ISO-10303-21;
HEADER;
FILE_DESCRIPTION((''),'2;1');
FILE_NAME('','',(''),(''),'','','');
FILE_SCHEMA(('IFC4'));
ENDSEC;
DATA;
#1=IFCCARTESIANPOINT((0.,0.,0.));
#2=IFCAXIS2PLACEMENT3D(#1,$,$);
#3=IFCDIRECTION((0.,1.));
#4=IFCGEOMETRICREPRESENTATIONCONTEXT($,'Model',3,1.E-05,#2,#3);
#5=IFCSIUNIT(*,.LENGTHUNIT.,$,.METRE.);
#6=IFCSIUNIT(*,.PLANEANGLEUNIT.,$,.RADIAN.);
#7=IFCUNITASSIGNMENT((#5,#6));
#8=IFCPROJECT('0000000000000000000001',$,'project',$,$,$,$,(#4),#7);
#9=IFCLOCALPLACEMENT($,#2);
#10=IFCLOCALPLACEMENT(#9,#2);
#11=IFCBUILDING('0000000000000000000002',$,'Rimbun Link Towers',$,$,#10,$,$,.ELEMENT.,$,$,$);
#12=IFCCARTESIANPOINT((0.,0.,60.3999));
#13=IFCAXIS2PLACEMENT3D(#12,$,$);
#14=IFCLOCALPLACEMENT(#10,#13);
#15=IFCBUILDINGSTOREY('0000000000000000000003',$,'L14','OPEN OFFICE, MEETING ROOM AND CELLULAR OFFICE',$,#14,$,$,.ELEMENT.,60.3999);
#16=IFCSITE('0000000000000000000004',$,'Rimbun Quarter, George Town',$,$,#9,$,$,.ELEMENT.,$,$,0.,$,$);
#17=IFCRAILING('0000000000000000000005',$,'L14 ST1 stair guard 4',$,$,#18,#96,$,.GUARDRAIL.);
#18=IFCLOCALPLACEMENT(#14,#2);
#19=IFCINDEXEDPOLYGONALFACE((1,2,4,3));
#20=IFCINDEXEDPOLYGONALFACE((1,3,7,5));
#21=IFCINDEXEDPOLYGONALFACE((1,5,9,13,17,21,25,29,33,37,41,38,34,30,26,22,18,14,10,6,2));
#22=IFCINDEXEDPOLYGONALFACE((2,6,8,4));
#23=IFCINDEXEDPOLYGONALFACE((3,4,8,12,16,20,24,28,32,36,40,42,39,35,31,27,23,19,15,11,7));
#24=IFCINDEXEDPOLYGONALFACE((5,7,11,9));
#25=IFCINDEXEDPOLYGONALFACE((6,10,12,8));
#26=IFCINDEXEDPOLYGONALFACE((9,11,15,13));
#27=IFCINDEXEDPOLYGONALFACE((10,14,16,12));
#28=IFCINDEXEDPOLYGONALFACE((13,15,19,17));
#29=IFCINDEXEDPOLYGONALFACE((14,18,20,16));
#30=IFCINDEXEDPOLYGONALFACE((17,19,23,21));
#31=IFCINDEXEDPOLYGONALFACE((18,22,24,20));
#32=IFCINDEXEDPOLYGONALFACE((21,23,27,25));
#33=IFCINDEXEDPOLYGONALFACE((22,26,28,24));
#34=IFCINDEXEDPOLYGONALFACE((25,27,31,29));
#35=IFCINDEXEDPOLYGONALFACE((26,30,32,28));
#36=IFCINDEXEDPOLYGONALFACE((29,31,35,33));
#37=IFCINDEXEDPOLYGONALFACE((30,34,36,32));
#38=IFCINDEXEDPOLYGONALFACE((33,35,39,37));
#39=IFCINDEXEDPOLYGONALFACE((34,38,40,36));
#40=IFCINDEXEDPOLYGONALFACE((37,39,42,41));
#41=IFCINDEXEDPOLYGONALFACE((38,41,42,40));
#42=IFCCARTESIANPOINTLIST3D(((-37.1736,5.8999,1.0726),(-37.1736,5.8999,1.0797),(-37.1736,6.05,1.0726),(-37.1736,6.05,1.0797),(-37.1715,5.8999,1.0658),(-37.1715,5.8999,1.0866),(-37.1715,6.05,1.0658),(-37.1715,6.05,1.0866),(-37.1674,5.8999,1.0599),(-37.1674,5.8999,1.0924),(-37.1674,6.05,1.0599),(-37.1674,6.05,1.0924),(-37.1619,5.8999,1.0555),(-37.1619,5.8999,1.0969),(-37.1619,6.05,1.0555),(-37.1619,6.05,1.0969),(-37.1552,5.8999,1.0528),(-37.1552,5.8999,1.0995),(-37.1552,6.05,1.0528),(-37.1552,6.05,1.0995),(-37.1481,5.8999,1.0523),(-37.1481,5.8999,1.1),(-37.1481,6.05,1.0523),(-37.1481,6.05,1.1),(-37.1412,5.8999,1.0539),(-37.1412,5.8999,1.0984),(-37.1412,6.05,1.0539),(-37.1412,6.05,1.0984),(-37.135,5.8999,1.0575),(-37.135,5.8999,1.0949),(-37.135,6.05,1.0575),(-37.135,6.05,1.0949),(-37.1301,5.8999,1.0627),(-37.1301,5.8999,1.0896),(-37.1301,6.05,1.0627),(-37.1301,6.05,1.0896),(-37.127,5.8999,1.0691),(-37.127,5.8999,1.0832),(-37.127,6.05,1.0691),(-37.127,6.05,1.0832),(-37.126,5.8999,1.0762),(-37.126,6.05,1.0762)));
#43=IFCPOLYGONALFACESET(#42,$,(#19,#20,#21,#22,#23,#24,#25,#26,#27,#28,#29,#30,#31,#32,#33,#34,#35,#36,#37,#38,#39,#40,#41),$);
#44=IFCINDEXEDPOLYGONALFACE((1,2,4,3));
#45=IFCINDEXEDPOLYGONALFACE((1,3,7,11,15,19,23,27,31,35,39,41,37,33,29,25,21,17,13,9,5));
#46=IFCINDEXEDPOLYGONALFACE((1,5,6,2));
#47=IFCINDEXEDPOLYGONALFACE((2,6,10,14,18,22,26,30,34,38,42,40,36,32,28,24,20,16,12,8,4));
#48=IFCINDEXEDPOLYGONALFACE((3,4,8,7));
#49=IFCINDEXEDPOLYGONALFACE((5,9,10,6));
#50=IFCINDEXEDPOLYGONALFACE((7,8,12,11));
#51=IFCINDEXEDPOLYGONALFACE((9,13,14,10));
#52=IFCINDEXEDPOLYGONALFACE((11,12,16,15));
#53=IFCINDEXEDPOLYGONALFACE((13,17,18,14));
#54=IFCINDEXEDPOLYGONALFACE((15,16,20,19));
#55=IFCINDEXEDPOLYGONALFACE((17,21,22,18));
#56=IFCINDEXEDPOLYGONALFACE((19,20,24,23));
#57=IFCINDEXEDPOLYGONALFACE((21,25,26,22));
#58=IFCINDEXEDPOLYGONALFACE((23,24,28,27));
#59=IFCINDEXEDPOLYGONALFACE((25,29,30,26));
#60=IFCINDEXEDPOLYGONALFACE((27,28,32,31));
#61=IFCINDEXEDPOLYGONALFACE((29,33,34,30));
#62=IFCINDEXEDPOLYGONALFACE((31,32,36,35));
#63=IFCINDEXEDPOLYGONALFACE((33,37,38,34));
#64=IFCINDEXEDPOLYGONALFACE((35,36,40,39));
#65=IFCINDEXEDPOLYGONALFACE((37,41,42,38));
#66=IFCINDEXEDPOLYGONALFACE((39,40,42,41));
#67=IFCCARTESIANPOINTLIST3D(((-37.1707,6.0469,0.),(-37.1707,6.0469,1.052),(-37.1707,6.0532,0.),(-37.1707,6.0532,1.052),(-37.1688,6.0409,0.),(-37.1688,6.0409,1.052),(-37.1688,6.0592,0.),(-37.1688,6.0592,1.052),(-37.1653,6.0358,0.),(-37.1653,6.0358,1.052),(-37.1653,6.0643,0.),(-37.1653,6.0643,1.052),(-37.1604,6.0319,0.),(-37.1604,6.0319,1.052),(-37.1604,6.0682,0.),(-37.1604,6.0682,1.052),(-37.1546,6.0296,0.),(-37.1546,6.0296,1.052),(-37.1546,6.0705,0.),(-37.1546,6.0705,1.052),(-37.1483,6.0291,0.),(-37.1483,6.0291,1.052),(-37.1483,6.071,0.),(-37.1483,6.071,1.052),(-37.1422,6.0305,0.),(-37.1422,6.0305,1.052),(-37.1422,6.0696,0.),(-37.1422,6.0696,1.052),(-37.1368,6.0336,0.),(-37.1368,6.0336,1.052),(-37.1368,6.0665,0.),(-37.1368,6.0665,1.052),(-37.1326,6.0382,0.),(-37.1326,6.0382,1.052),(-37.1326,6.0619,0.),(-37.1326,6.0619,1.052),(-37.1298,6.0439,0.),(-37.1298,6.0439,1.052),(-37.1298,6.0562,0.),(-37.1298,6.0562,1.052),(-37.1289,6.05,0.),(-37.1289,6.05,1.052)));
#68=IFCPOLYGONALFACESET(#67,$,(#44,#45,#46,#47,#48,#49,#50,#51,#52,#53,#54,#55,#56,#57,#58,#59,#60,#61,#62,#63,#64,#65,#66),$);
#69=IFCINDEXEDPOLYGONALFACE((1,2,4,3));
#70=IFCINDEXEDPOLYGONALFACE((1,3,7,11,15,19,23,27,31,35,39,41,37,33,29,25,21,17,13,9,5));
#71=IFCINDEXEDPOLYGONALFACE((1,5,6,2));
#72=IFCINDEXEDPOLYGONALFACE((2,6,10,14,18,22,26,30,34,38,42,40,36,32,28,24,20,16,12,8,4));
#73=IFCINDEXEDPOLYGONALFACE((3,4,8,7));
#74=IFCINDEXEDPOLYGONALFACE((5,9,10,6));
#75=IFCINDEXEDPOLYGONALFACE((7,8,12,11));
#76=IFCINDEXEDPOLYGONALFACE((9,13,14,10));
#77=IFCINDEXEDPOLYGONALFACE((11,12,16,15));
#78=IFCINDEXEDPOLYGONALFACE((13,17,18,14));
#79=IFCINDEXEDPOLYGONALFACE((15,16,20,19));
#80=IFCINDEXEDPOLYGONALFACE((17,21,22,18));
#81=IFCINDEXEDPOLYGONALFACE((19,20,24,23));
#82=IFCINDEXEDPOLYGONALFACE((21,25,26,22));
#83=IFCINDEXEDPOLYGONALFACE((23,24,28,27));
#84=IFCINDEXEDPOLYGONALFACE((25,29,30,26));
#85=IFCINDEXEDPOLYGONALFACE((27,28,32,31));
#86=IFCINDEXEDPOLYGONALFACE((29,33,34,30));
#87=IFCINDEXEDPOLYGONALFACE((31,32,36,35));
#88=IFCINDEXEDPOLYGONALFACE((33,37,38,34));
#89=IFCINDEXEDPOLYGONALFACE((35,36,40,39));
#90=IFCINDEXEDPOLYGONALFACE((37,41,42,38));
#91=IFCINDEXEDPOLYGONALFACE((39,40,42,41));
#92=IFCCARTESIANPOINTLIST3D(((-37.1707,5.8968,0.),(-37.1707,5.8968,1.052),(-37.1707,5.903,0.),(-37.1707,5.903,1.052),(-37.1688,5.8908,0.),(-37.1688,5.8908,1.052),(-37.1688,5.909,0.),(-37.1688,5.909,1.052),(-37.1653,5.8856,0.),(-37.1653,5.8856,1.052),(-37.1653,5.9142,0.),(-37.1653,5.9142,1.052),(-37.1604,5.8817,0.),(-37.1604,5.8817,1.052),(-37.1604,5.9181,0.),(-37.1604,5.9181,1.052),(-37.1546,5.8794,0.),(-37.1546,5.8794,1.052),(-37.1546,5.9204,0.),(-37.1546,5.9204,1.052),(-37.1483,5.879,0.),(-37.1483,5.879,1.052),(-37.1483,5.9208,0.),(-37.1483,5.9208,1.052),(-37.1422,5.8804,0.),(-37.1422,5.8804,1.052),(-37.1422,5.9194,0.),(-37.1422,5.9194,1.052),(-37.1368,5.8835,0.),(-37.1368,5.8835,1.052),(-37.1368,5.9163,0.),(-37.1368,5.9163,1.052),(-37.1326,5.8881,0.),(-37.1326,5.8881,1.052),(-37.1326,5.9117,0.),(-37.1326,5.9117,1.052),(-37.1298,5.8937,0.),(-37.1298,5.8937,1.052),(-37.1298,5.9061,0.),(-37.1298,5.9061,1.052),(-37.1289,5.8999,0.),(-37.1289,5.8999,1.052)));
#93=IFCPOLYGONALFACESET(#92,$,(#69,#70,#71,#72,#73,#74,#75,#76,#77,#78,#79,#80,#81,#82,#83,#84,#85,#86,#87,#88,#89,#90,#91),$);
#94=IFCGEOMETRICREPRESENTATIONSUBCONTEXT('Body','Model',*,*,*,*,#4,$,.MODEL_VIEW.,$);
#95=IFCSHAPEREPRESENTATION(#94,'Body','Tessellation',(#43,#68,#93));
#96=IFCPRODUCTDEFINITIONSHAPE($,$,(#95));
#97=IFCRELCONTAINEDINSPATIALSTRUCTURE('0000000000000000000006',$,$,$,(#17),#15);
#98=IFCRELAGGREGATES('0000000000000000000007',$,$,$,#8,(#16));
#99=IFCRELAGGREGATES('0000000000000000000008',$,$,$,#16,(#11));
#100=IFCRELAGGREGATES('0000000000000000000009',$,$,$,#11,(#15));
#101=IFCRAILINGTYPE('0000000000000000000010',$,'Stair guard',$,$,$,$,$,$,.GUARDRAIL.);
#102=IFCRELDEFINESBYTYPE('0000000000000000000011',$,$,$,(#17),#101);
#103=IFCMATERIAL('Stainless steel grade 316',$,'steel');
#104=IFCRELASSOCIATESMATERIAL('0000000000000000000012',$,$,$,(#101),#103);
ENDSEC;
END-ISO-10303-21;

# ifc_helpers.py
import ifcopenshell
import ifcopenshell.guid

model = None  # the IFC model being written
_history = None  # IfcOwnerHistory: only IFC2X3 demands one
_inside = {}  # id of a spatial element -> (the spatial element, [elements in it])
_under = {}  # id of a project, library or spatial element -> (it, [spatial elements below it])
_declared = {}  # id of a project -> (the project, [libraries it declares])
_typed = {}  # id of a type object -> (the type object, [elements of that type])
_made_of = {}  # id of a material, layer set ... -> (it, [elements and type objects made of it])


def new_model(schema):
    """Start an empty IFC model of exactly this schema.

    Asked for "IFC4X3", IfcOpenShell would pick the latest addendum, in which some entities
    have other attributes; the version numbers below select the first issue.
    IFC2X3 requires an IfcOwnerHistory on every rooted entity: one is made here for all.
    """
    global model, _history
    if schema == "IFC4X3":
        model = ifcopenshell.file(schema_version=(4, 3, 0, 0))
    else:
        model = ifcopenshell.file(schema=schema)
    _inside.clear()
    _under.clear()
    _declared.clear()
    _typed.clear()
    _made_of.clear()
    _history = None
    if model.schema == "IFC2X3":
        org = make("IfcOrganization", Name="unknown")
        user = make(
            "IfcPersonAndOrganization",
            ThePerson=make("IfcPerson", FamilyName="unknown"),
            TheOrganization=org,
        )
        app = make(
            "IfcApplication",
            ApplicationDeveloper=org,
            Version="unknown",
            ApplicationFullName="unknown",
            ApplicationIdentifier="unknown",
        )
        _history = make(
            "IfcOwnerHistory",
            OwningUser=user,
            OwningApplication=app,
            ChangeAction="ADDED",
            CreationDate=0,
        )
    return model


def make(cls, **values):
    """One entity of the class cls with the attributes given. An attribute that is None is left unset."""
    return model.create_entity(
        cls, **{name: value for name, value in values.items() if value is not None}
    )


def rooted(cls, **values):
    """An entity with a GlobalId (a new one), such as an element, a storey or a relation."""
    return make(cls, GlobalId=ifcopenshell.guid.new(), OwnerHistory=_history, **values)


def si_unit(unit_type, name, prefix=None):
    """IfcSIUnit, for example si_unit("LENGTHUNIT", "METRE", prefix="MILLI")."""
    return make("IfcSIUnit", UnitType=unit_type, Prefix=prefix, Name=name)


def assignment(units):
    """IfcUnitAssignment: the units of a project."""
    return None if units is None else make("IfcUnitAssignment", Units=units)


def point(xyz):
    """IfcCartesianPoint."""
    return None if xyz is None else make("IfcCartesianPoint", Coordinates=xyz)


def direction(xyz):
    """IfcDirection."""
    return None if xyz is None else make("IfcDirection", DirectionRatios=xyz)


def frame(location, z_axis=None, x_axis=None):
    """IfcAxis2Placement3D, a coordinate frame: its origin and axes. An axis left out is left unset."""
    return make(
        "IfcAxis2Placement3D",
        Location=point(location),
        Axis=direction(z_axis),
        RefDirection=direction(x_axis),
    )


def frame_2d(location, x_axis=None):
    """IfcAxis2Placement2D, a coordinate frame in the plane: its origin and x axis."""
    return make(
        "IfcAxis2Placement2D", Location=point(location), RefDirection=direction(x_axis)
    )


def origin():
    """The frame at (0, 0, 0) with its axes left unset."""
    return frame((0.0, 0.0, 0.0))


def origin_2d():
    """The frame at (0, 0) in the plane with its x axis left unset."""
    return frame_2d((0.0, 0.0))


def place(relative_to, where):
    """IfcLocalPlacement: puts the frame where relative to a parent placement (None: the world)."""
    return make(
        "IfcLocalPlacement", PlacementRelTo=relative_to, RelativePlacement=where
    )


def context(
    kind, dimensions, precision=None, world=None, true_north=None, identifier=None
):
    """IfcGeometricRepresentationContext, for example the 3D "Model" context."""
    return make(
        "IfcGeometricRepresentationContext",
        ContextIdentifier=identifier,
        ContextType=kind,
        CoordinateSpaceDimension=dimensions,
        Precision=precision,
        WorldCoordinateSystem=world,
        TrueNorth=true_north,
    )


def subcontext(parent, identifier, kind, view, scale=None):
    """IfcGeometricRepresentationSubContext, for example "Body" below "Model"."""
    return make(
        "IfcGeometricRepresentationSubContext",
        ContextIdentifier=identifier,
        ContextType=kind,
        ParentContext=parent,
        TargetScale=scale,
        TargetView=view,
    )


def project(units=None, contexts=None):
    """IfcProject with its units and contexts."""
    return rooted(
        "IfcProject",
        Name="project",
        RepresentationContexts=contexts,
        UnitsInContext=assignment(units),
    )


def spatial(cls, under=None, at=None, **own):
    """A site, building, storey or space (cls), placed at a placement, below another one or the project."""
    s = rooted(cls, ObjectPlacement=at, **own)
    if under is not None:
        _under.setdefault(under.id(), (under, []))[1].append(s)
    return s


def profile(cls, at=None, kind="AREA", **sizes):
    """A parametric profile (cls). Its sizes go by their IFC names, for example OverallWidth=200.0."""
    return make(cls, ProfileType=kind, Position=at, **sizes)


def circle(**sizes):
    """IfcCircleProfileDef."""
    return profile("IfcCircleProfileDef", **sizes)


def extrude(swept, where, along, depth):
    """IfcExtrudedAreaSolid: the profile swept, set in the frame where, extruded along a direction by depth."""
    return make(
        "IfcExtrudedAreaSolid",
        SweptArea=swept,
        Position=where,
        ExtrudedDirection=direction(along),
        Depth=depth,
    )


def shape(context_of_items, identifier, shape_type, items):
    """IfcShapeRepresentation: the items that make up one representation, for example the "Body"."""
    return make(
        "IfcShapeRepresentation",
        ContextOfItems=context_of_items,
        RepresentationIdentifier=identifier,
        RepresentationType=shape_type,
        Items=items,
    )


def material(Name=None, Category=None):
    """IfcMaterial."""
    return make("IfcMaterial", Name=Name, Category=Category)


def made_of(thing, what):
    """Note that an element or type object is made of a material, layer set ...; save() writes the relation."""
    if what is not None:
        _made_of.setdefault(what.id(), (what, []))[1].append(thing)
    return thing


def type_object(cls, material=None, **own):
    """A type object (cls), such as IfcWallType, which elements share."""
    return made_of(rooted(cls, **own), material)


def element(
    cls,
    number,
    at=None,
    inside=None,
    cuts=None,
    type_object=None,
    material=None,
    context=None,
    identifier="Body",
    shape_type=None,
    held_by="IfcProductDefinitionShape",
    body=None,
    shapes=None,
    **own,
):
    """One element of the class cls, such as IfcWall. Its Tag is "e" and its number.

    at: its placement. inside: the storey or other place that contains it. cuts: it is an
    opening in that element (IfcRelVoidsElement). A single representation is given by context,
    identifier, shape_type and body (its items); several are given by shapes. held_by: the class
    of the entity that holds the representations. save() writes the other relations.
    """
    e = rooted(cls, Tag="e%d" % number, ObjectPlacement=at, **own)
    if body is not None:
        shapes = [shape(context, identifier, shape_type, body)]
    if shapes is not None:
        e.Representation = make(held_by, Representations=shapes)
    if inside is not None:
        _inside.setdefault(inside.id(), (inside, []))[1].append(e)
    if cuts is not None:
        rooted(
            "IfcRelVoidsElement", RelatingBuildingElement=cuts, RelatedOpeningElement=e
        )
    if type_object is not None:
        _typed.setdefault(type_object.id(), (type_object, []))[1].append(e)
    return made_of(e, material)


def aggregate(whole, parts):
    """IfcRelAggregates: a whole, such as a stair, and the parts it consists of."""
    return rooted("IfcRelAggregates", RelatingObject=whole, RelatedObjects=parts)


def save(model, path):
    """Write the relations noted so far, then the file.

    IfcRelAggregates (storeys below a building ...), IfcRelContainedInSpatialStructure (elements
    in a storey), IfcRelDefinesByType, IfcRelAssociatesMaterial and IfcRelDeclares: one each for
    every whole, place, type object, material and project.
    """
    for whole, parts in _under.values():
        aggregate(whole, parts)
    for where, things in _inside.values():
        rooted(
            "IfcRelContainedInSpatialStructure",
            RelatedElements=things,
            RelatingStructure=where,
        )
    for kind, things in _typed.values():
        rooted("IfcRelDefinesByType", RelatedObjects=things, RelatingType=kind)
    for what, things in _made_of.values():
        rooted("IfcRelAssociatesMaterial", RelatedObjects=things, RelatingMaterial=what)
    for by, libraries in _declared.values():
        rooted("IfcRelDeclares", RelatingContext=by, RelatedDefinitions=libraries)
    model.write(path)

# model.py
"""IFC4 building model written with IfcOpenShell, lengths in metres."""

from ifc_helpers import new_model, si_unit, direction, frame, origin, origin_2d, place, context, subcontext, project, spatial, circle, extrude, material, type_object, element, save


model = new_model("IFC4")

# Units and contexts
model_context = context("Model", 3, precision=1e-05, world=origin(), true_north=direction((0.0, 1.0)))
body_context = subcontext(model_context, "Body", "Model", "MODEL_VIEW")
ifc_project = project(units=[si_unit("LENGTHUNIT", "METRE"), si_unit("PLANEANGLEUNIT", "RADIAN")], contexts=[model_context])

# Site, building, storey
site_placement = place(None, origin())
site = spatial("IfcSite", under=ifc_project, at=site_placement, Name="Rimbun Quarter, George Town", CompositionType="ELEMENT", RefElevation=0.0)
building_placement = place(site_placement, origin())
building = spatial("IfcBuilding", under=site, at=building_placement, Name="Rimbun Link Towers", CompositionType="ELEMENT")
storey_placement = place(building_placement, frame((0.0, 0.0, 60.3999)))
storey = spatial("IfcBuildingStorey", under=building, at=storey_placement, Name="L14", Description="OPEN OFFICE, MEETING ROOM AND CELLULAR OFFICE", CompositionType="ELEMENT", Elevation=60.3999)

# Railing
ifc_material_1 = material(Name="Stainless steel grade 316", Category="steel")
railing_type_1 = type_object("IfcRailingType", Name="Stair guard", PredefinedType="GUARDRAIL", material=ifc_material_1)
railing_1_placement = place(storey_placement, frame((-37.1499, 6.05, 0.0)))
element("IfcRailing", 1, at=railing_1_placement, inside=storey, type_object=railing_type_1, Name="L14 ST1 stair guard 4", PredefinedType="GUARDRAIL", context=body_context, shape_type="SweptSolid", body=[
    extrude(circle(Radius=0.0239, at=origin_2d()), frame((0.0, 0.0, 1.0762), z_axis=(0.0, -1.0, 0.0), x_axis=(1.0, 0.0, 0.0)), (0.0, 0.0, 1.0), 0.1501),
    extrude(circle(Radius=0.021, at=origin_2d()), origin(), (0.0, 0.0, 1.0), 1.052),
    extrude(circle(Radius=0.021, at=origin_2d()), frame((0.0, -0.1501, 0.0)), (0.0, 0.0, 1.0), 1.052),
])

save(model, "model.ifc")
